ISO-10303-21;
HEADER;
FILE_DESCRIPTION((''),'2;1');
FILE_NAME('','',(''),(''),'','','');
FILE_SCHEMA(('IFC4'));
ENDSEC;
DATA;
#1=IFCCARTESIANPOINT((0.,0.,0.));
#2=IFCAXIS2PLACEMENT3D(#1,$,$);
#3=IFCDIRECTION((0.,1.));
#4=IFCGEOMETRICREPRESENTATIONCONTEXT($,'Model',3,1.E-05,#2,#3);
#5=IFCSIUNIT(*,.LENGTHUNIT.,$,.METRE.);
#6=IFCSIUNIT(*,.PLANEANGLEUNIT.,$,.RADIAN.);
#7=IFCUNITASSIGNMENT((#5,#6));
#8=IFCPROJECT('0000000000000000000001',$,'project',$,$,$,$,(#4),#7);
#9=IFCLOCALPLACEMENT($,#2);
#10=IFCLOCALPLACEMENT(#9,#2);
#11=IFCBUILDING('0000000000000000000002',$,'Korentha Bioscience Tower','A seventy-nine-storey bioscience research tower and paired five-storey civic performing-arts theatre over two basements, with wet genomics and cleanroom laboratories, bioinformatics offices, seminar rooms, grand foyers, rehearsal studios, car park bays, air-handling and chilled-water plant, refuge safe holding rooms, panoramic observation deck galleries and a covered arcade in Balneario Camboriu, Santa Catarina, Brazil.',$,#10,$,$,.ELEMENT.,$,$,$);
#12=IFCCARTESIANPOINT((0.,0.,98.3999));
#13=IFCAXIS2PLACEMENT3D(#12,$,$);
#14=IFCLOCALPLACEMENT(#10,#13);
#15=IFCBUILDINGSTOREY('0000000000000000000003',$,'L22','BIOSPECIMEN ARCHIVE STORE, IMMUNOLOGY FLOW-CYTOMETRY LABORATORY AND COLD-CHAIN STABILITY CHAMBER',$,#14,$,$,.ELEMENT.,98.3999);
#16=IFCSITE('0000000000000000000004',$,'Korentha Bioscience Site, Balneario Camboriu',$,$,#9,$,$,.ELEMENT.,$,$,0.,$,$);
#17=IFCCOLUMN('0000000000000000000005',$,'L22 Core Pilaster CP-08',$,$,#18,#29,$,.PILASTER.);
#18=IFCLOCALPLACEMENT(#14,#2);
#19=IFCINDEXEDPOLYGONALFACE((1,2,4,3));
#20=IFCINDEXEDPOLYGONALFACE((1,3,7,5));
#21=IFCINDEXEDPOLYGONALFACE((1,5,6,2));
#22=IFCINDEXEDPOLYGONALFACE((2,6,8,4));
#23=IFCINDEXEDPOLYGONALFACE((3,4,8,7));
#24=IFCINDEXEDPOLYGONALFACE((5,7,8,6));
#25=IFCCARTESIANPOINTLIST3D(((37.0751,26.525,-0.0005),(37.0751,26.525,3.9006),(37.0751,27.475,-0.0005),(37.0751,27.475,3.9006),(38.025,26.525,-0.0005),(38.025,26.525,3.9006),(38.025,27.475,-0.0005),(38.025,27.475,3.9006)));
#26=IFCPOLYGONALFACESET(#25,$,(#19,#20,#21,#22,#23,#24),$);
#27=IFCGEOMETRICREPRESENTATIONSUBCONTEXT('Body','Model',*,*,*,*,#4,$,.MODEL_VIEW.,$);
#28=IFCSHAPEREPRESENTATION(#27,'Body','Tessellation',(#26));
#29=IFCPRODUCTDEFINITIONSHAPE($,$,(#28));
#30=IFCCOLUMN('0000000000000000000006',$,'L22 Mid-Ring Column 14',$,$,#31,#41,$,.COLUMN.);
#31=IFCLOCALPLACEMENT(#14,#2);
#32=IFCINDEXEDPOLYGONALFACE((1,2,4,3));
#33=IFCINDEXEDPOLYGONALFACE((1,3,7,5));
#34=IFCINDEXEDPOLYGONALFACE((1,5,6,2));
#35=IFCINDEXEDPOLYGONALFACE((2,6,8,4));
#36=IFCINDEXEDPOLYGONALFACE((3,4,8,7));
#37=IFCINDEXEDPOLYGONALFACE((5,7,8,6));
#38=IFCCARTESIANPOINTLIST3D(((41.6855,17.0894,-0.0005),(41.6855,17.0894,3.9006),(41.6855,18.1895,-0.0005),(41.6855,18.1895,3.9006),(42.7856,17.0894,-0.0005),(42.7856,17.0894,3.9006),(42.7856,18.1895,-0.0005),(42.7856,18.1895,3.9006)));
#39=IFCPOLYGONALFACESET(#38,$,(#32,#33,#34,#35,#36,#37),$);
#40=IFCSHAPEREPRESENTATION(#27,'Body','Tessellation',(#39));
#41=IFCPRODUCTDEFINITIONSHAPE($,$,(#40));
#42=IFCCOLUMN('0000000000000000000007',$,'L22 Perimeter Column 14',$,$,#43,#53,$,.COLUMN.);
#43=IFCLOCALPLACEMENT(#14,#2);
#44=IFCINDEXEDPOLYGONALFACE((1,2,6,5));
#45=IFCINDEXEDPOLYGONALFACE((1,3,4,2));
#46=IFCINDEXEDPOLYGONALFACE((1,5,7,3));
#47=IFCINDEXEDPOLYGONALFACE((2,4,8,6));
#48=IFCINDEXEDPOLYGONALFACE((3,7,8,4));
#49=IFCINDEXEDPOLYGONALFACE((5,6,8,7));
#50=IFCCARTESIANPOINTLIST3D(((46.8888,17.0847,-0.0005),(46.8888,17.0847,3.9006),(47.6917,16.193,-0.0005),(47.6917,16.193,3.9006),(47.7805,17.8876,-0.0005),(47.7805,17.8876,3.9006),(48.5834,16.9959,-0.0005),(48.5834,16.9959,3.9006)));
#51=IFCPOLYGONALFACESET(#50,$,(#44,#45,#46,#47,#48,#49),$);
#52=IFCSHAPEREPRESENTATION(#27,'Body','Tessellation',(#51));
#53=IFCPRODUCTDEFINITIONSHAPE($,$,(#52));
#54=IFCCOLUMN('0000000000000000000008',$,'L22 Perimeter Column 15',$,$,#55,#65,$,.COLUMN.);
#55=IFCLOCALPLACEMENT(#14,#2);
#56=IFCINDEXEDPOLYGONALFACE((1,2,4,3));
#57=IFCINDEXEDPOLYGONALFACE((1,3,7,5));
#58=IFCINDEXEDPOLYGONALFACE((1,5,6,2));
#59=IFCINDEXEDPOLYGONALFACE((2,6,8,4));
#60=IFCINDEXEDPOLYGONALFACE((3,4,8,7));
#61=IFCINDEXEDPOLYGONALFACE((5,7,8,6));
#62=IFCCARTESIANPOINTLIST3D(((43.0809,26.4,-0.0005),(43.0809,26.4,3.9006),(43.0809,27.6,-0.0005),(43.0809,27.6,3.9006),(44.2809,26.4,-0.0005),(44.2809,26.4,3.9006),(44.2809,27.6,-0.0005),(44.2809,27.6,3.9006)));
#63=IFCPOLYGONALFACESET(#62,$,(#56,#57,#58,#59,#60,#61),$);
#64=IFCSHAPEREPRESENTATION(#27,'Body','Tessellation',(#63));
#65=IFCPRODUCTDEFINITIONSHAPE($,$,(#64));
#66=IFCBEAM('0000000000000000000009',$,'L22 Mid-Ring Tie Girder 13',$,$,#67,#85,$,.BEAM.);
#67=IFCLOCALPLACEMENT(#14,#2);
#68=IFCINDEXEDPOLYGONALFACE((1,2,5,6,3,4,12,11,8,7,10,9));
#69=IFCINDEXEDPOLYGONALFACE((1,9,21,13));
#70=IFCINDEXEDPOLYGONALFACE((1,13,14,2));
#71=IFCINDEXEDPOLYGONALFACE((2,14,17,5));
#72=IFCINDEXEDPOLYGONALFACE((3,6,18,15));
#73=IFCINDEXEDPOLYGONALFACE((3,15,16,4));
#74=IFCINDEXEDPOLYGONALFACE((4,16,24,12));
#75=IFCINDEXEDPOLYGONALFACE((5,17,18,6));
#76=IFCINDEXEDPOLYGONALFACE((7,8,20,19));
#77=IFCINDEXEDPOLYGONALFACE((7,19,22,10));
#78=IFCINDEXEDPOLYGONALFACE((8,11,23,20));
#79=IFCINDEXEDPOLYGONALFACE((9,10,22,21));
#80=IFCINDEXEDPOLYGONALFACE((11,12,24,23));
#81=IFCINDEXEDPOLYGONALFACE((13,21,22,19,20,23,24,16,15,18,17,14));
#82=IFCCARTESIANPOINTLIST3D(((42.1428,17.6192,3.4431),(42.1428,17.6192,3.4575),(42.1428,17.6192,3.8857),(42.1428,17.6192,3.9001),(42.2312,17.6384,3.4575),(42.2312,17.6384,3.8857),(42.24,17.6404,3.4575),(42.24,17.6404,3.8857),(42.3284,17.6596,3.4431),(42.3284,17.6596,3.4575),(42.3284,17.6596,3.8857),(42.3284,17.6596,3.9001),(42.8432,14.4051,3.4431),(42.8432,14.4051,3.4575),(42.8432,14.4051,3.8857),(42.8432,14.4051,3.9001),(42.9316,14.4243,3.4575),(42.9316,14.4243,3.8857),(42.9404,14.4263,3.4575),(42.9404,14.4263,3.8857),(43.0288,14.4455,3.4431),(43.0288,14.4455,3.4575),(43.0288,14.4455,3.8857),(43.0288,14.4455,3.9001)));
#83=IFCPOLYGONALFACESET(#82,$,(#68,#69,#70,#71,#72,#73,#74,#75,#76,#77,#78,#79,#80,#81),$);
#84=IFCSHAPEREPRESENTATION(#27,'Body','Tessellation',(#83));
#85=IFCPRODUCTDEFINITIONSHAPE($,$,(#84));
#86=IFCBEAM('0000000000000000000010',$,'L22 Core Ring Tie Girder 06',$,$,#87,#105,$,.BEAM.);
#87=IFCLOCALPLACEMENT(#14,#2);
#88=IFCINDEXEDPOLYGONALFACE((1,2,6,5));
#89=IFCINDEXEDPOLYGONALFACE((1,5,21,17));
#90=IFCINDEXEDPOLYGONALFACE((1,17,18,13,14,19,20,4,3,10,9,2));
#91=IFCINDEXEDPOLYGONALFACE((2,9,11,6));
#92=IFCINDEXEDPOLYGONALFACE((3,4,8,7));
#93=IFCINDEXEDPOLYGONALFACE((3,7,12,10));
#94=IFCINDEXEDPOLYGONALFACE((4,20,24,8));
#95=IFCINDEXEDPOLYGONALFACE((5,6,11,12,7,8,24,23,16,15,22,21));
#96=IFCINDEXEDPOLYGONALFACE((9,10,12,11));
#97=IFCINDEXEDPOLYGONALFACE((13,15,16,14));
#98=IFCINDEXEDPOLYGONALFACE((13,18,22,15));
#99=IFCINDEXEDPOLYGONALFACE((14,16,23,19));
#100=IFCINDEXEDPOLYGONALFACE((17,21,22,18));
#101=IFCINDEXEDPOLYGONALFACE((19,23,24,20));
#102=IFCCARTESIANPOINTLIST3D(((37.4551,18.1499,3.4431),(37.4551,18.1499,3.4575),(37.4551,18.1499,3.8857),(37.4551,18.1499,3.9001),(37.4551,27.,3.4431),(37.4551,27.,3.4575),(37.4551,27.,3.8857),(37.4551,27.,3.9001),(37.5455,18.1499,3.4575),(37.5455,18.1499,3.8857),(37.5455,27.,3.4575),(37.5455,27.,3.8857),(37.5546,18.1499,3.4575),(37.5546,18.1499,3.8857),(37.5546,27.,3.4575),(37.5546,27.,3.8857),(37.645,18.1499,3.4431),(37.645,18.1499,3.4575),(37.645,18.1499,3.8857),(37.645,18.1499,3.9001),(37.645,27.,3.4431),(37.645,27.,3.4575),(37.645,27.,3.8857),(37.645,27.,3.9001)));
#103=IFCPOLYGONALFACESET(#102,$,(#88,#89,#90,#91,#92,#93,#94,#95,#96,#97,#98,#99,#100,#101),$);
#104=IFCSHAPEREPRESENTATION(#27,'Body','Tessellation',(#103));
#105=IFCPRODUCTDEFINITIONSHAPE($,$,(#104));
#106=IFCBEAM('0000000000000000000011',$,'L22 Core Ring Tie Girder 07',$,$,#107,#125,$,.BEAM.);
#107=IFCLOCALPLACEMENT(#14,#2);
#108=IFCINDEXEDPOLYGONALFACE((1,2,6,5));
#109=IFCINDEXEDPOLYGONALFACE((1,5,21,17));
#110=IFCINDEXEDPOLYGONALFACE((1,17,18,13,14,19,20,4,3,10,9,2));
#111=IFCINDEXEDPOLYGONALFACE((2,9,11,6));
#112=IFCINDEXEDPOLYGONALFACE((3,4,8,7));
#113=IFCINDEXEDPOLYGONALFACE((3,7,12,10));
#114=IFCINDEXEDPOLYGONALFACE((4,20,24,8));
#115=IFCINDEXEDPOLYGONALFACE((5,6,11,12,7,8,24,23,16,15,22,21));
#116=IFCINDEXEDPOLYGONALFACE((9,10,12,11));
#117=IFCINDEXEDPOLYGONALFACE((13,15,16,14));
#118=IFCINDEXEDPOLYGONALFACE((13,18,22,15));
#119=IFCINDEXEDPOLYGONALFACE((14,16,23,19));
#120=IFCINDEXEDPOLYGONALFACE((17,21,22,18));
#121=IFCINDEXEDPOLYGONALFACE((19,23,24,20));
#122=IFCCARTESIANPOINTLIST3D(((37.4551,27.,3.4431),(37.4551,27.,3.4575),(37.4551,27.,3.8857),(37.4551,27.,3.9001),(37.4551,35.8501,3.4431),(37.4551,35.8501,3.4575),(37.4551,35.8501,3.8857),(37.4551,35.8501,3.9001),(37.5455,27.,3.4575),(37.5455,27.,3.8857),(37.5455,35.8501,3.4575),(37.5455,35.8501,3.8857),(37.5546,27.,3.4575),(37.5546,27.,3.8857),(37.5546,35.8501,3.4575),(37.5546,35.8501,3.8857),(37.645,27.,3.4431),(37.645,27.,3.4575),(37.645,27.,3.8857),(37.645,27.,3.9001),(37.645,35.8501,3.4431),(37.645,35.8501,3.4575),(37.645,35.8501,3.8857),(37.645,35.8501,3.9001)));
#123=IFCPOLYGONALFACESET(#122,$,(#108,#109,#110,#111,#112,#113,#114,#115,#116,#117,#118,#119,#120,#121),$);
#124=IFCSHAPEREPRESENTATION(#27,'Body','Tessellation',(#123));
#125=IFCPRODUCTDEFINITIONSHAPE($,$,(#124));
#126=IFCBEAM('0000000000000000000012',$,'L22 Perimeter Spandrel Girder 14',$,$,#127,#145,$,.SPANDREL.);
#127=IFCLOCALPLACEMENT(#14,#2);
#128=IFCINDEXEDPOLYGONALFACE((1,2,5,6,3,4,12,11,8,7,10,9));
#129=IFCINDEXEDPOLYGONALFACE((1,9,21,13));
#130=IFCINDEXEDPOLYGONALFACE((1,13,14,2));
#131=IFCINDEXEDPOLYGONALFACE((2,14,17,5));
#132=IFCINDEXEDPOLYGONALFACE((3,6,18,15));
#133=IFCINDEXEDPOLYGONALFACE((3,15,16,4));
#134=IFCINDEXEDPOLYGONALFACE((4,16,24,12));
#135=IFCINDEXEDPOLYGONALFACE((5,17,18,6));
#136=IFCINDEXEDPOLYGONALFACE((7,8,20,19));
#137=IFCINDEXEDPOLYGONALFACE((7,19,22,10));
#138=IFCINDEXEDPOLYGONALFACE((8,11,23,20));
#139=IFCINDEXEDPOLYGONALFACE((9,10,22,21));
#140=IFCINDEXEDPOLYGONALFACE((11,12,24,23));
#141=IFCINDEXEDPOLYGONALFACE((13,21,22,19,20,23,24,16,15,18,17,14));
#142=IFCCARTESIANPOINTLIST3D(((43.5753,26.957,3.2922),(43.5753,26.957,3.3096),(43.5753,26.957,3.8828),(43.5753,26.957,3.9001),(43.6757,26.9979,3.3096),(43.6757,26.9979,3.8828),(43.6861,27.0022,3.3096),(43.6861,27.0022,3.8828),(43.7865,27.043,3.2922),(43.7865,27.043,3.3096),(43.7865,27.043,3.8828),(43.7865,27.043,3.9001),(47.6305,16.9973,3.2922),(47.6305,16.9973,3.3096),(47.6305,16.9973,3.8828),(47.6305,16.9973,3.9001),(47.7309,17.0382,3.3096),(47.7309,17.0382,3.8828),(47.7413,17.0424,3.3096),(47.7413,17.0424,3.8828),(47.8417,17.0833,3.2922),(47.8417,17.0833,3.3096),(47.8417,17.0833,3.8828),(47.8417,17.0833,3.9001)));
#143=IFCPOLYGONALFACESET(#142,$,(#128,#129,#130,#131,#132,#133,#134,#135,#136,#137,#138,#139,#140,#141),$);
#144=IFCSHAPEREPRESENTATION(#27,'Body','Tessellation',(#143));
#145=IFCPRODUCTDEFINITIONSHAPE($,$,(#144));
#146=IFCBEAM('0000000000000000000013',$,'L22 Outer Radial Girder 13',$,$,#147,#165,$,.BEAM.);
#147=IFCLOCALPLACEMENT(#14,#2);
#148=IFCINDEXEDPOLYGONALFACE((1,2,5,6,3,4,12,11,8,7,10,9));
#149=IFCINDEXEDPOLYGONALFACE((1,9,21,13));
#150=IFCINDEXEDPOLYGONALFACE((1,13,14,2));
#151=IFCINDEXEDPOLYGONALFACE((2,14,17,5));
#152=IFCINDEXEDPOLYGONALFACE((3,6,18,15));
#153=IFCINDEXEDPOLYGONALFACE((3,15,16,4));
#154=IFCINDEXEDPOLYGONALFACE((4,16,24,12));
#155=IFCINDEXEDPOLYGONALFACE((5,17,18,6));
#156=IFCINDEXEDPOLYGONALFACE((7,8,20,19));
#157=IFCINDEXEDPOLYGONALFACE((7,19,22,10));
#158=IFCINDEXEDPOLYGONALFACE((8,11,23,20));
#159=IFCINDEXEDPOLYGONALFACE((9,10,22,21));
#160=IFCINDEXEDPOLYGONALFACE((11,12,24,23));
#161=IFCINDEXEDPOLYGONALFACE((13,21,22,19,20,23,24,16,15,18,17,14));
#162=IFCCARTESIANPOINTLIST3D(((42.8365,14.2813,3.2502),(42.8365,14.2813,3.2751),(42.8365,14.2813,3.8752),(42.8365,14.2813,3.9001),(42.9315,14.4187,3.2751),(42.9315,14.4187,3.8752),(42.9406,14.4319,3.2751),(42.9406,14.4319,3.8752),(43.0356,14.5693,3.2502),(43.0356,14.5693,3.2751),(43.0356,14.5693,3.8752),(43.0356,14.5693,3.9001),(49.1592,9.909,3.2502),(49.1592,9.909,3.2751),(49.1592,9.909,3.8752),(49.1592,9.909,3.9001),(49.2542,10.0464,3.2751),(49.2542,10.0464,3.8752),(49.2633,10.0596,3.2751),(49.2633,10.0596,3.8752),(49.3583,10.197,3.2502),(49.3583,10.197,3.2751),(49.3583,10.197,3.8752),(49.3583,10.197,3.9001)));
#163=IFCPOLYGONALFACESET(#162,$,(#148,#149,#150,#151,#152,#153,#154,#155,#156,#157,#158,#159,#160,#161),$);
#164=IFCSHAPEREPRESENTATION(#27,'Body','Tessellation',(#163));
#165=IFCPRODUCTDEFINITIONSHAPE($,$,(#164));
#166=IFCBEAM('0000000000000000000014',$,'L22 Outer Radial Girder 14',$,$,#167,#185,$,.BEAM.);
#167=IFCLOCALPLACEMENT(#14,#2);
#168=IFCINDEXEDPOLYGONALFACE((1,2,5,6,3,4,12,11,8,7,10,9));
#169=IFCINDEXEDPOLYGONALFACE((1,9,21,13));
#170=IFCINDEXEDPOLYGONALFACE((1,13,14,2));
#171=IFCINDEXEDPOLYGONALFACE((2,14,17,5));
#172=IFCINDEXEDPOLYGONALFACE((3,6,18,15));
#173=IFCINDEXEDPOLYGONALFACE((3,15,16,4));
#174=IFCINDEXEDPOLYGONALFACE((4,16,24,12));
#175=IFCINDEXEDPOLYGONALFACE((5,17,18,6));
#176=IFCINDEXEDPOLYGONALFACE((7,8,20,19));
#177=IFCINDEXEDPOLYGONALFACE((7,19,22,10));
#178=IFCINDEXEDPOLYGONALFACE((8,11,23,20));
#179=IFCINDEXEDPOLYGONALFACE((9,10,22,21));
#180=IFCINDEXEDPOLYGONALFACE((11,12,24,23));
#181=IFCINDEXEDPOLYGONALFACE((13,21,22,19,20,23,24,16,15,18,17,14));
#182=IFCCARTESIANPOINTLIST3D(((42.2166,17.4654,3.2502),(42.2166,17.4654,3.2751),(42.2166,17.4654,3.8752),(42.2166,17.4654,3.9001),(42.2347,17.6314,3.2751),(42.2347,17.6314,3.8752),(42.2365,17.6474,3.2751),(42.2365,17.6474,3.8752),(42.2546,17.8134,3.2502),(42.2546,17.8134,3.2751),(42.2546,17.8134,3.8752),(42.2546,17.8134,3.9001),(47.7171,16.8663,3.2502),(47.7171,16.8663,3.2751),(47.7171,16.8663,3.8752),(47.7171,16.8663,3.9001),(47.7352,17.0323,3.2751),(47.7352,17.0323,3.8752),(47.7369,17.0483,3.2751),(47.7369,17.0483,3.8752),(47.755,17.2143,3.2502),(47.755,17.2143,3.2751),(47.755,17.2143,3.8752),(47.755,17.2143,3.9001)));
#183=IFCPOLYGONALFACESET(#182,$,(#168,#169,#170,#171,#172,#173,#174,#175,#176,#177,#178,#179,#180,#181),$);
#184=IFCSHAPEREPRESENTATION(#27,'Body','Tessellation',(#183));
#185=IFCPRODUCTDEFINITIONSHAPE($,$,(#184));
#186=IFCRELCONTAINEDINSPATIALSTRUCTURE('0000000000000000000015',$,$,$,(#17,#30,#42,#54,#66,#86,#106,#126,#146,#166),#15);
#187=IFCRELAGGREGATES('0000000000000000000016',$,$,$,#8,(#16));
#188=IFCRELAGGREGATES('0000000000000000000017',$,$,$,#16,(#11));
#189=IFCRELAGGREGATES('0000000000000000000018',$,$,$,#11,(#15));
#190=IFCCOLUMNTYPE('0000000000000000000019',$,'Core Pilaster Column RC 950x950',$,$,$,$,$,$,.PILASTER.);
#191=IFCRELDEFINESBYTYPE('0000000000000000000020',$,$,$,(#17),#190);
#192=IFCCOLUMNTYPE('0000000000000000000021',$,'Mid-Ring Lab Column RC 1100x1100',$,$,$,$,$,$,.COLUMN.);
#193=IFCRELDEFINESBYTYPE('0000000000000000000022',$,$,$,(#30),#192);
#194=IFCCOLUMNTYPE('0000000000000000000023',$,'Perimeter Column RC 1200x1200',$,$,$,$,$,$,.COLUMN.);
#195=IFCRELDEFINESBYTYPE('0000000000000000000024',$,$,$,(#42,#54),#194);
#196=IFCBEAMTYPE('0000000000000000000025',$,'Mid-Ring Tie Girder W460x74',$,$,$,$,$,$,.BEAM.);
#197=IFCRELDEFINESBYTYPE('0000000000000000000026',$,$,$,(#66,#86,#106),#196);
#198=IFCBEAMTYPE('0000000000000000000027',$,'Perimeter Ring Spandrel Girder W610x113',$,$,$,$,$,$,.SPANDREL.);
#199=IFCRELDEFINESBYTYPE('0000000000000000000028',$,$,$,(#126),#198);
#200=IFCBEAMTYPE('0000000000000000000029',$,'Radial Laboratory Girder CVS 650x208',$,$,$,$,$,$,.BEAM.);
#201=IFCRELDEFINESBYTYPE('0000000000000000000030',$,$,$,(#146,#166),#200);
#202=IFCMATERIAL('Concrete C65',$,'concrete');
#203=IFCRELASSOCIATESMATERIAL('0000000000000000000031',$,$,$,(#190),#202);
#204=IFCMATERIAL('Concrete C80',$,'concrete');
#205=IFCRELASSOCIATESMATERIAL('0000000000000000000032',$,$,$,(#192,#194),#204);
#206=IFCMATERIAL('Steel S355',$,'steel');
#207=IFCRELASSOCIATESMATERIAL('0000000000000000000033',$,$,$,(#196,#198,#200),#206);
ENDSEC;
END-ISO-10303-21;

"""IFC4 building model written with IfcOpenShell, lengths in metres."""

from ifc_helpers import new_model, si_unit, direction, frame, origin, origin_2d, place, context, subcontext, project, spatial, rectangle, i_section, extrude, material, material_profile, profile_set, type_object, element, save


model = new_model("IFC4")

# Units and contexts
model_context = context("Model", 3, precision=1e-05, world=origin(), true_north=direction((0.0, 1.0)))
body_context = subcontext(model_context, "Body", "Model", "MODEL_VIEW")
ifc_project = project(units=[si_unit("LENGTHUNIT", "METRE"), si_unit("PLANEANGLEUNIT", "RADIAN")], contexts=[model_context])

# Site, building, storey
site_placement = place(None, origin())
site = spatial("IfcSite", under=ifc_project, at=site_placement, Name="Korentha Bioscience Site, Balneario Camboriu", CompositionType="ELEMENT", RefElevation=0.0)
building_placement = place(site_placement, origin())
building = spatial("IfcBuilding", under=site, at=building_placement, Name="Korentha Bioscience Tower", Description="A seventy-nine-storey bioscience research tower and paired five-storey civic performing-arts theatre over two basements, with wet genomics and cleanroom laboratories, bioinformatics offices, seminar rooms, grand foyers, rehearsal studios, car park bays, air-handling and chilled-water plant, refuge safe holding rooms, panoramic observation deck galleries and a covered arcade in Balneario Camboriu, Santa Catarina, Brazil.", CompositionType="ELEMENT")
storey_placement = place(building_placement, frame((0.0, 0.0, 98.3999)))
storey = spatial("IfcBuildingStorey", under=building, at=storey_placement, Name="L22", Description="BIOSPECIMEN ARCHIVE STORE, IMMUNOLOGY FLOW-CYTOMETRY LABORATORY AND COLD-CHAIN STABILITY CHAMBER", CompositionType="ELEMENT", Elevation=98.3999)

# Columns
ifc_material_1 = material(Name="Concrete C65", Category="concrete")
ifc_material_profile_1 = material_profile(ifc_material_1, rectangle(XDim=0.95, YDim=0.95, at=origin_2d()), Name="Concrete C65")
ifc_profile_set_1 = profile_set([ifc_material_profile_1], Name="Concrete C65 (COL-CP09)")
column_type_1 = type_object("IfcColumnType", Name="Core Pilaster Column RC 950x950", PredefinedType="PILASTER", material=ifc_profile_set_1)
column_1_placement = place(storey_placement, frame((37.55, 27.0, -0.0005), z_axis=(0.0, 0.0, 1.0), x_axis=(1.0, 0.0, 0.0)))
element("IfcColumn", 1, at=column_1_placement, inside=storey, type_object=column_type_1, Name="L22 Core Pilaster CP-08", PredefinedType="PILASTER", context=body_context, shape_type="SweptSolid", body=[
    extrude(rectangle(XDim=0.95, YDim=0.95, at=origin_2d()), origin(), (0.0, 0.0, 1.0), 3.9011),
])
ifc_material_2 = material(Name="Concrete C80", Category="concrete")
ifc_material_profile_2 = material_profile(ifc_material_2, rectangle(XDim=1.1001, YDim=1.1001, at=origin_2d()), Name="Concrete C80")
ifc_profile_set_2 = profile_set([ifc_material_profile_2], Name="Concrete C80 (COL-MR11)")
column_type_2 = type_object("IfcColumnType", Name="Mid-Ring Lab Column RC 1100x1100", PredefinedType="COLUMN", material=ifc_profile_set_2)
column_2_placement = place(storey_placement, frame((42.2356, 17.6394, -0.0005), z_axis=(0.0, 0.0, 1.0), x_axis=(1.0, 0.0, 0.0)))
element("IfcColumn", 2, at=column_2_placement, inside=storey, type_object=column_type_2, Name="L22 Mid-Ring Column 14", PredefinedType="COLUMN", context=body_context, shape_type="SweptSolid", body=[
    extrude(rectangle(XDim=1.1001, YDim=1.1001, at=origin_2d()), origin(), (0.0, 0.0, 1.0), 3.9011),
])
ifc_material_profile_3 = material_profile(ifc_material_2, rectangle(XDim=1.2, YDim=1.2, at=origin_2d()), Name="Concrete C80")
ifc_profile_set_3 = profile_set([ifc_material_profile_3], Name="Concrete C80 (COL-P12)")
column_type_3 = type_object("IfcColumnType", Name="Perimeter Column RC 1200x1200", PredefinedType="COLUMN", material=ifc_profile_set_3)
for number, where, z_axis, x_axis, name in (
    (3, (47.7361, 17.0403, -0.0005), (0.0, 0.0, 1.0), (-0.669131, 0.743145, 0.0), "L22 Perimeter Column 14"),
    (4, (43.6809, 27.0, -0.0005), (0.0, 0.0, 1.0), (0.0, 1.0, 0.0), "L22 Perimeter Column 15"),
):
    element("IfcColumn", number, at=place(storey_placement, frame(where, z_axis=z_axis, x_axis=x_axis)), inside=storey, type_object=column_type_3, Name=name, PredefinedType="COLUMN", context=body_context, shape_type="SweptSolid", body=[
        extrude(rectangle(XDim=1.2, YDim=1.2, at=origin_2d()), origin(), (0.0, 0.0, 1.0), 3.9011),
    ])

# Beams
ifc_material_3 = material(Name="Steel S355", Category="steel")
ifc_material_profile_4 = material_profile(ifc_material_3, i_section(OverallWidth=0.1899, OverallDepth=0.457, WebThickness=0.009, FlangeThickness=0.0144, at=origin_2d()), Name="Steel S355")
ifc_profile_set_4 = profile_set([ifc_material_profile_4], Name="Steel S355 (MB-460)")
beam_type_1 = type_object("IfcBeamType", Name="Mid-Ring Tie Girder W460x74", PredefinedType="BEAM", material=ifc_profile_set_4)
beam_1_placement = place(storey_placement, frame((42.936, 14.4253, 3.6716), z_axis=(-0.212929, 0.977068, 0.0), x_axis=(-0.977068, -0.212929, 0.0)))
element("IfcBeam", 5, at=beam_1_placement, inside=storey, type_object=beam_type_1, Name="L22 Mid-Ring Tie Girder 13", PredefinedType="BEAM", context=body_context, shape_type="SweptSolid", body=[
    extrude(i_section(OverallWidth=0.1899, OverallDepth=0.457, WebThickness=0.009, FlangeThickness=0.0144, at=origin_2d()), origin(), (0.0, 0.0, 1.0), 3.2896),
])
for number, where, z_axis, x_axis, name in (
    (6, (37.55, 18.1499, 3.6716), (0.0, 1.0, 0.0), (-1.0, 0.0, 0.0), "L22 Core Ring Tie Girder 06"),
    (7, (37.55, 27.0, 3.6716), (0.0, 1.0, 0.0), (-1.0, 0.0, 0.0), "L22 Core Ring Tie Girder 07"),
):
    element("IfcBeam", number, at=place(storey_placement, frame(where, z_axis=z_axis, x_axis=x_axis)), inside=storey, type_object=beam_type_1, Name=name, PredefinedType="BEAM", context=body_context, shape_type="SweptSolid", body=[
        extrude(i_section(OverallWidth=0.1899, OverallDepth=0.457, WebThickness=0.009, FlangeThickness=0.0144, at=origin_2d()), origin(), (0.0, 0.0, 1.0), 8.8501),
    ])
ifc_material_profile_5 = material_profile(ifc_material_3, i_section(OverallWidth=0.228, OverallDepth=0.6079, WebThickness=0.0112, FlangeThickness=0.0173, at=origin_2d()), Name="Steel S355")
ifc_profile_set_5 = profile_set([ifc_material_profile_5], Name="Steel S355 (SB-610)")
beam_type_2 = type_object("IfcBeamType", Name="Perimeter Ring Spandrel Girder W610x113", PredefinedType="SPANDREL", material=ifc_profile_set_5)
beam_2_placement = place(storey_placement, frame((47.7361, 17.0403, 3.5962), z_axis=(-0.377099, 0.926173, 0.0), x_axis=(-0.926173, -0.377099, 0.0)))
element("IfcBeam", 8, at=beam_2_placement, inside=storey, type_object=beam_type_2, Name="L22 Perimeter Spandrel Girder 14", PredefinedType="SPANDREL", context=body_context, shape_type="SweptSolid", body=[
    extrude(i_section(OverallWidth=0.228, OverallDepth=0.6079, WebThickness=0.0112, FlangeThickness=0.0173, at=origin_2d()), origin(), (0.0, 0.0, 1.0), 10.7537),
])
ifc_material_profile_6 = material_profile(ifc_material_3, i_section(OverallWidth=0.3501, OverallDepth=0.6499, WebThickness=0.0161, FlangeThickness=0.0249, at=origin_2d()), Name="Steel S355")
ifc_profile_set_6 = profile_set([ifc_material_profile_6], Name="Steel S355 (RB-650)")
beam_type_3 = type_object("IfcBeamType", Name="Radial Laboratory Girder CVS 650x208", PredefinedType="BEAM", material=ifc_profile_set_6)
beam_3_placement = place(storey_placement, frame((42.936, 14.4253, 3.5752), z_axis=(0.822495, -0.568772, 0.0), x_axis=(0.568772, 0.822495, 0.0)))
element("IfcBeam", 9, at=beam_3_placement, inside=storey, type_object=beam_type_3, Name="L22 Outer Radial Girder 13", PredefinedType="BEAM", context=body_context, shape_type="SweptSolid", body=[
    extrude(i_section(OverallWidth=0.3501, OverallDepth=0.6499, WebThickness=0.0161, FlangeThickness=0.0249, at=origin_2d()), origin(), (0.0, 0.0, 1.0), 7.6873),
])
beam_4_placement = place(storey_placement, frame((42.2356, 17.6394, 3.5752), z_axis=(0.99412, -0.108281, 0.0), x_axis=(0.108281, 0.99412, 0.0)))
element("IfcBeam", 10, at=beam_4_placement, inside=storey, type_object=beam_type_3, Name="L22 Outer Radial Girder 14", PredefinedType="BEAM", context=body_context, shape_type="SweptSolid", body=[
    extrude(i_section(OverallWidth=0.3501, OverallDepth=0.6499, WebThickness=0.0161, FlangeThickness=0.0249, at=origin_2d()), origin(), (0.0, 0.0, 1.0), 5.533),
])

save(model, "model.ifc")
